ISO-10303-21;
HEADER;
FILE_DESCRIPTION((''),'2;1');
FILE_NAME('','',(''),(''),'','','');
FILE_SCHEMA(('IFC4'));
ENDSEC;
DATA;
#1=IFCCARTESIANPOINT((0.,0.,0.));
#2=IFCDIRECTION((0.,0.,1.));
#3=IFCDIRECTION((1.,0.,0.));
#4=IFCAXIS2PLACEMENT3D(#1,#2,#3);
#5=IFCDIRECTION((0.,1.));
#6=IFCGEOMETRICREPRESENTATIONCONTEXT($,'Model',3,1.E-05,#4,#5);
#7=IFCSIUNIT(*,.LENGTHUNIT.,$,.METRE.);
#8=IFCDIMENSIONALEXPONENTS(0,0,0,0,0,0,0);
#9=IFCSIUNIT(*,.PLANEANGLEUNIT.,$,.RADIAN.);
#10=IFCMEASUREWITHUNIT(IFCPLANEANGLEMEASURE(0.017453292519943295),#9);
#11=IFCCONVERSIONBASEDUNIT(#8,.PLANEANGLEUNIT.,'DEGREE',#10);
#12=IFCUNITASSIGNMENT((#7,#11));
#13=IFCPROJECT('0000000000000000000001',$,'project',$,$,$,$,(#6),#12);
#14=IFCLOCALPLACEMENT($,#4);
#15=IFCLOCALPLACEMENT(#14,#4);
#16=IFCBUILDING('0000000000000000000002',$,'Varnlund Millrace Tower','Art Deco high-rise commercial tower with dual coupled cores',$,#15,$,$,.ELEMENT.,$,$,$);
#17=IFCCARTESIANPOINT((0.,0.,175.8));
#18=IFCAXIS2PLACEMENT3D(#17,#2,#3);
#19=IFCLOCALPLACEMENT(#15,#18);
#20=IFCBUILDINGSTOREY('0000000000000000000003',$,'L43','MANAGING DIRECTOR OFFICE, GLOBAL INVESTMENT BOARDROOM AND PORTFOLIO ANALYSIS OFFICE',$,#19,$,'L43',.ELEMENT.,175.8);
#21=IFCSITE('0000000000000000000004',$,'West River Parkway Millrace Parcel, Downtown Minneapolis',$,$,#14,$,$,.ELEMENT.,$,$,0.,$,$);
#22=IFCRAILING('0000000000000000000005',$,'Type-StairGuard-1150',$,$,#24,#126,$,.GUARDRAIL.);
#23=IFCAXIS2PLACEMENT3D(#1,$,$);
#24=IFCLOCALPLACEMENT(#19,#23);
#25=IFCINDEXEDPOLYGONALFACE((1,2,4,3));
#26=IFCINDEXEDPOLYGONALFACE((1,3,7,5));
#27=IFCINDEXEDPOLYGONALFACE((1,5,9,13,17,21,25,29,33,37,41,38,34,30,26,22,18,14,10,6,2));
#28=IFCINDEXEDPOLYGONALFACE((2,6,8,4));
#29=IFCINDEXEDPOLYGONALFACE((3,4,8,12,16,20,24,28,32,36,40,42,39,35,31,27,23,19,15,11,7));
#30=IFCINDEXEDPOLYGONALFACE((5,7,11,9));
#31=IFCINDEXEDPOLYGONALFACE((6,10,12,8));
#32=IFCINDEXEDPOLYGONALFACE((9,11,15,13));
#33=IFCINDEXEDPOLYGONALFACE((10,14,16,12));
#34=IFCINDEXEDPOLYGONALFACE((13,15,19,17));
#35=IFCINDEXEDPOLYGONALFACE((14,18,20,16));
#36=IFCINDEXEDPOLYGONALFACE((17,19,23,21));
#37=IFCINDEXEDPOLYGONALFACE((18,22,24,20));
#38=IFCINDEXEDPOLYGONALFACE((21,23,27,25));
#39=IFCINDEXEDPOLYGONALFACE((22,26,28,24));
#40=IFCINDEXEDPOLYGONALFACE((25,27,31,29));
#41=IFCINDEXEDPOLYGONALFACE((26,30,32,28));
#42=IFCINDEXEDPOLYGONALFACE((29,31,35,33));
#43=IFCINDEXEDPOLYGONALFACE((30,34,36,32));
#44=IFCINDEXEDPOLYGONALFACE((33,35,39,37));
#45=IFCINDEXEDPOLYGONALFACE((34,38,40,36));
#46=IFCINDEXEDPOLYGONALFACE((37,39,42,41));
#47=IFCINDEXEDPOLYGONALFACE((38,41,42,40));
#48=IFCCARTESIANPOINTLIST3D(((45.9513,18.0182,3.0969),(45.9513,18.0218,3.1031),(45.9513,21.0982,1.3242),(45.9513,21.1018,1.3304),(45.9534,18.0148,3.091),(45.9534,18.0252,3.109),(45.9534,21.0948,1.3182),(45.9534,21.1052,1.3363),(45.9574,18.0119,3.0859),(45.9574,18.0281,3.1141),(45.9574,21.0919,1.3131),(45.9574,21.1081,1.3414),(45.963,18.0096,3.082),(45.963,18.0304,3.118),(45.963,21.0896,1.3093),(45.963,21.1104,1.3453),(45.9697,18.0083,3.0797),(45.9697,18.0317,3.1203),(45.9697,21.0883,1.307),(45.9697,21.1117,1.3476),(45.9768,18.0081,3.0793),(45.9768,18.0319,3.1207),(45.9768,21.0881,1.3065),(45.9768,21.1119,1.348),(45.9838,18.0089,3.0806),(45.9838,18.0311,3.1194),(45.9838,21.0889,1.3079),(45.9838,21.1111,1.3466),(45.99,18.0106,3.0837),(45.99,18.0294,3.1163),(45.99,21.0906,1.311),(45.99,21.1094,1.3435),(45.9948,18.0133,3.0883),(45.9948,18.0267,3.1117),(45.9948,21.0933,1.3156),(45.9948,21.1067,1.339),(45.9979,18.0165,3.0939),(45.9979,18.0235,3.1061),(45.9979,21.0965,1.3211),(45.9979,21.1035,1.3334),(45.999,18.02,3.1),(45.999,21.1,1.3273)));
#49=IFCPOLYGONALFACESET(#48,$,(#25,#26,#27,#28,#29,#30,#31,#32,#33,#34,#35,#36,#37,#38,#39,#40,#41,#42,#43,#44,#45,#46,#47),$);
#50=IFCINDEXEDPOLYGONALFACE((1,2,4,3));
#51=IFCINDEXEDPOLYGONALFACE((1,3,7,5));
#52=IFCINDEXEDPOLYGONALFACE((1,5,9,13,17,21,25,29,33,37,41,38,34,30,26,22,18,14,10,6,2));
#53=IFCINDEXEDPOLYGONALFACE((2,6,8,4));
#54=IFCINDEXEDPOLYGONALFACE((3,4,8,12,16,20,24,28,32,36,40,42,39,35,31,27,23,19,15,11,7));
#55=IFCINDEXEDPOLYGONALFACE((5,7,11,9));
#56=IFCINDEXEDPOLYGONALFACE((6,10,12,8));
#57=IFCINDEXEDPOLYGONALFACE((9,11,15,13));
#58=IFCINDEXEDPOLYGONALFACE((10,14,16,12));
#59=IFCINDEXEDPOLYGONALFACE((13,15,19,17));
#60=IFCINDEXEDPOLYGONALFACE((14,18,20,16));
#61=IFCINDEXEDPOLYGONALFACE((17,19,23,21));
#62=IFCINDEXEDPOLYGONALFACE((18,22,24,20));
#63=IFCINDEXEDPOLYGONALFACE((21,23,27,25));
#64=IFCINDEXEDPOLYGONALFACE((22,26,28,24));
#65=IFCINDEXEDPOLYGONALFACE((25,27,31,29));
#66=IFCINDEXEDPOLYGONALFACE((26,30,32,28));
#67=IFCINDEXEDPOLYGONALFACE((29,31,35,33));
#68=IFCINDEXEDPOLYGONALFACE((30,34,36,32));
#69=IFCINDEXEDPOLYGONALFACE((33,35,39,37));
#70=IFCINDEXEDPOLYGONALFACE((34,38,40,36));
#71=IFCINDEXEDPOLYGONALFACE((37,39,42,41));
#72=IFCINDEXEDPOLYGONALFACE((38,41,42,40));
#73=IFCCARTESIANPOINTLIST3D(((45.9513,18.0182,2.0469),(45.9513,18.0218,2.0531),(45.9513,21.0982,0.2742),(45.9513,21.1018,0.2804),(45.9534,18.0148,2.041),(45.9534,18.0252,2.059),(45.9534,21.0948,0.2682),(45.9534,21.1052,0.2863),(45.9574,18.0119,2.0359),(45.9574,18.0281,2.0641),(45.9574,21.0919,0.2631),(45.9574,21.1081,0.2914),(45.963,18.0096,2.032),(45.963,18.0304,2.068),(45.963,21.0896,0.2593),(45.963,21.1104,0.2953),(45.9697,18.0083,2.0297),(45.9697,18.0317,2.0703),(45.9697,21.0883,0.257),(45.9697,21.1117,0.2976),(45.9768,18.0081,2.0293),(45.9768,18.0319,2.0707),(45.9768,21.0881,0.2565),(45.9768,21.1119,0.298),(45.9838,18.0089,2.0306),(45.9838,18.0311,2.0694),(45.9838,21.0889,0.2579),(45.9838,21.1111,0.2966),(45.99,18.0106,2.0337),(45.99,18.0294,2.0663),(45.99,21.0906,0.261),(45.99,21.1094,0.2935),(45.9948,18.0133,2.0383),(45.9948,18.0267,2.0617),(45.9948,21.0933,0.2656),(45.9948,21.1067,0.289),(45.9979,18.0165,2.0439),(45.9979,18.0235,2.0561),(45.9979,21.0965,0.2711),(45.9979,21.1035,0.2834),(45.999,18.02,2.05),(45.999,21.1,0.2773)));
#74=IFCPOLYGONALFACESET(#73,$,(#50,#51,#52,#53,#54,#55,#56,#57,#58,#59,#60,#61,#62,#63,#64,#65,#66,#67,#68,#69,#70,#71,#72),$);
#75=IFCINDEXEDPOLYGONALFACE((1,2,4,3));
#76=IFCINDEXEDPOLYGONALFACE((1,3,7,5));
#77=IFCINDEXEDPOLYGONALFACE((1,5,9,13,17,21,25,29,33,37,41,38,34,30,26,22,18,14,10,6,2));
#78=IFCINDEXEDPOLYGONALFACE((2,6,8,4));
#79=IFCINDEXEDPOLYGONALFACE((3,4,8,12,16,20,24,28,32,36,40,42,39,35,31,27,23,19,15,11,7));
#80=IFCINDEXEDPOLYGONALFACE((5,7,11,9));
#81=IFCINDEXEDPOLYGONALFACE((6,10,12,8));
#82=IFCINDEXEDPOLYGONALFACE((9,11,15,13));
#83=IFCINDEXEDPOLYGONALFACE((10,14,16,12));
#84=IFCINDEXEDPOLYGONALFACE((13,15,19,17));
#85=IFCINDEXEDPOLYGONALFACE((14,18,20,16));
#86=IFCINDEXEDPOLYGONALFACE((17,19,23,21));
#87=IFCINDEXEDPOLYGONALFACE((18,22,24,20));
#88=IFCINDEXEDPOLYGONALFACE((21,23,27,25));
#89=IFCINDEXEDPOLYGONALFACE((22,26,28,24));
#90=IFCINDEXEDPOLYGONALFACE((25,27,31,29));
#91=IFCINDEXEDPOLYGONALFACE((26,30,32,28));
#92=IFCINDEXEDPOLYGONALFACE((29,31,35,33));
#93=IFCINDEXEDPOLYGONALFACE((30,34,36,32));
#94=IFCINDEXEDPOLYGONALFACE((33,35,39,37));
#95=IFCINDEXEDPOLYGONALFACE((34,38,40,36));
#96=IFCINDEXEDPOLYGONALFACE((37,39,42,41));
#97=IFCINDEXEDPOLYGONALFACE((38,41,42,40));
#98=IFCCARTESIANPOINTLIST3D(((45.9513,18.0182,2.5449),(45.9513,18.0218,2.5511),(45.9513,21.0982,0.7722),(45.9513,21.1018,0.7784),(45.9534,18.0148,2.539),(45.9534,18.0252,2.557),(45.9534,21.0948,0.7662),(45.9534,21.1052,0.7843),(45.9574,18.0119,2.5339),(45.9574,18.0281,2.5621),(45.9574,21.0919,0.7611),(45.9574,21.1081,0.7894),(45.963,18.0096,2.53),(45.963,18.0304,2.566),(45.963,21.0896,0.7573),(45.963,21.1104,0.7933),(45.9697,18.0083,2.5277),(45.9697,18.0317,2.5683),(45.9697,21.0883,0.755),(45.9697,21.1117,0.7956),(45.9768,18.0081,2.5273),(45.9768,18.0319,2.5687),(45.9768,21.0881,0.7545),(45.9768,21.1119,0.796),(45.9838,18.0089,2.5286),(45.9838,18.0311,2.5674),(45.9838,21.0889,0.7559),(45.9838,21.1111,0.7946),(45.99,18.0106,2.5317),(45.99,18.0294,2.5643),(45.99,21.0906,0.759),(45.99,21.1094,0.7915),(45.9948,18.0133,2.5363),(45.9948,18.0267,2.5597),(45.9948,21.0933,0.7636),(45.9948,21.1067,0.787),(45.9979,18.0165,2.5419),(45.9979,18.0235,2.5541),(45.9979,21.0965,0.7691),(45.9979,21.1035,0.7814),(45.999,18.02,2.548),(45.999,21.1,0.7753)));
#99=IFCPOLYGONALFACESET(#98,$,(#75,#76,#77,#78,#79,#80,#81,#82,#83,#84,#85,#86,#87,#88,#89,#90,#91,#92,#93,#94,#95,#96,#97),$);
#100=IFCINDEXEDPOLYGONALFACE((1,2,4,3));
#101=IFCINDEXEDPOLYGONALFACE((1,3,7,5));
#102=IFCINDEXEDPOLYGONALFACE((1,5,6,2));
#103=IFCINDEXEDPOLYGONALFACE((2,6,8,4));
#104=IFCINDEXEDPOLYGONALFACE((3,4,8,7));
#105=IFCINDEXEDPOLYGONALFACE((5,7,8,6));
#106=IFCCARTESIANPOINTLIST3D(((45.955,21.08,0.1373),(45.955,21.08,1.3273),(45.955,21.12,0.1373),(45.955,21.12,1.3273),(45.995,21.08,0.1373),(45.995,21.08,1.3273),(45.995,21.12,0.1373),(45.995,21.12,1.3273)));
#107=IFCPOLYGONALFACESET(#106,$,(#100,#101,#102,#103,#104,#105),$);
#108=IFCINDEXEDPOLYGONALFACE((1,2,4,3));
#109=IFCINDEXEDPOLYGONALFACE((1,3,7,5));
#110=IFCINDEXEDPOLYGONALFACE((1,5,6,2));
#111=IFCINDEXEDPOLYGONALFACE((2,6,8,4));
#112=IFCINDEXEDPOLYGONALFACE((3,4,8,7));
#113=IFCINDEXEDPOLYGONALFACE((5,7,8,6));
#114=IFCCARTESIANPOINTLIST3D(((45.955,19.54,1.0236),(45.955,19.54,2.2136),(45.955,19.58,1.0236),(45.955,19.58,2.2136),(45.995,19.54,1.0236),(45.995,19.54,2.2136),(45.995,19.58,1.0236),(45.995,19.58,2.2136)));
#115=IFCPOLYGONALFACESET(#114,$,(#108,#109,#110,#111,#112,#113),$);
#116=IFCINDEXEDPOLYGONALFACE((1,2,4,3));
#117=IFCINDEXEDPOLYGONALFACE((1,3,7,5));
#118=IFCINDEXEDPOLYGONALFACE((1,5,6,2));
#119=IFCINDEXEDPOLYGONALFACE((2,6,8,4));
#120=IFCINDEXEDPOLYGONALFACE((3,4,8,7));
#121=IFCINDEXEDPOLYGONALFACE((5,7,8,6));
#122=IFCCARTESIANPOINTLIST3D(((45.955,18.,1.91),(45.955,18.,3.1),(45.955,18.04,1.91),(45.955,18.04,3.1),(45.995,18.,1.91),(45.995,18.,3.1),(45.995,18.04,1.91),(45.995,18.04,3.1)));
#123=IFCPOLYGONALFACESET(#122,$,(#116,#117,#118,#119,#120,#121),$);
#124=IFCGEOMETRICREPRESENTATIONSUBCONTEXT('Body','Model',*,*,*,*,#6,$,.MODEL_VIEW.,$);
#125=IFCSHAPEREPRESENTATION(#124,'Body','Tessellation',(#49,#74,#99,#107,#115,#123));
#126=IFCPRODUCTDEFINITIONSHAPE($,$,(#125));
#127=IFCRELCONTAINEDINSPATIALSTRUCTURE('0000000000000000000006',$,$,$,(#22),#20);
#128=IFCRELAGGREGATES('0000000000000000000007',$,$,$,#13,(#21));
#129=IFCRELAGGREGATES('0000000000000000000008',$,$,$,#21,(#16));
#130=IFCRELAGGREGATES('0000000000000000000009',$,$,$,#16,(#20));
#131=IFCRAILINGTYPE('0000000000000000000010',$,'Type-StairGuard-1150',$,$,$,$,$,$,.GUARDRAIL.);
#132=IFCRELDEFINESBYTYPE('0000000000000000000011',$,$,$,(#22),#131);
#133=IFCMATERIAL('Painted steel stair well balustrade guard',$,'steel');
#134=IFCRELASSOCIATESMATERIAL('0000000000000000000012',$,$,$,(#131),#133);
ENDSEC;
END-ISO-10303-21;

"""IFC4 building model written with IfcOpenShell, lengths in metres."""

from ifc_helpers import new_model, entity, si_unit, converted_unit, direction, frame, origin_with_axes, origin_2d_with_axis, place, context, subcontext, project, spatial, rectangle, circle, extrude, material, type_object, element, save


model = new_model("IFC4")

# Units and contexts
model_context = context("Model", 3, precision=1e-05, world=origin_with_axes(), true_north=direction((0.0, 1.0)))
body_context = subcontext(model_context, "Body", "Model", "MODEL_VIEW")
ifc_project = project(units=[si_unit("LENGTHUNIT", "METRE"), converted_unit("PLANEANGLEUNIT", "DEGREE", entity("IfcPlaneAngleMeasure", 0.017453292519943295), si_unit("PLANEANGLEUNIT", "RADIAN"), dimensions=[0, 0, 0, 0, 0, 0, 0])], contexts=[model_context])

# Site, building, storey
site_placement = place(None, origin_with_axes())
site = spatial("IfcSite", under=ifc_project, at=site_placement, Name="West River Parkway Millrace Parcel, Downtown Minneapolis", CompositionType="ELEMENT", RefElevation=0.0)
building_placement = place(site_placement, origin_with_axes())
building = spatial("IfcBuilding", under=site, at=building_placement, Name="Varnlund Millrace Tower", Description="Art Deco high-rise commercial tower with dual coupled cores", CompositionType="ELEMENT")
storey_placement = place(building_placement, frame((0.0, 0.0, 175.8), z_axis=(0.0, 0.0, 1.0), x_axis=(1.0, 0.0, 0.0)))
storey = spatial("IfcBuildingStorey", under=building, at=storey_placement, Name="L43", Description="MANAGING DIRECTOR OFFICE, GLOBAL INVESTMENT BOARDROOM AND PORTFOLIO ANALYSIS OFFICE", LongName="L43", CompositionType="ELEMENT", Elevation=175.8)

# Railing
ifc_material_1 = material(Name="Painted steel stair well balustrade guard", Category="steel")
railing_type_1 = type_object("IfcRailingType", Name="Type-StairGuard-1150", PredefinedType="GUARDRAIL", material=ifc_material_1)
railing_1_placement = place(storey_placement, frame((0.0, 0.0, -175.8), z_axis=(0.0, 0.0, 1.0), x_axis=(1.0, 0.0, 0.0)))
element("IfcRailing", 1, at=railing_1_placement, inside=storey, type_object=railing_type_1, Name="Type-StairGuard-1150", PredefinedType="GUARDRAIL", context=body_context, shape_type="SweptSolid", body=[
    extrude(circle(Radius=0.024, at=origin_2d_with_axis()), frame((45.975, 21.1, 177.1273), z_axis=(0.0, -0.866696, 0.498836), x_axis=(1.0, 0.0, 0.0)), (0.0, 0.0, 1.0), 3.5537),
    extrude(circle(Radius=0.024, at=origin_2d_with_axis()), frame((45.975, 21.1, 176.0773), z_axis=(0.0, -0.866696, 0.498836), x_axis=(1.0, 0.0, 0.0)), (0.0, 0.0, 1.0), 3.5537),
    extrude(circle(Radius=0.024, at=origin_2d_with_axis()), frame((45.975, 21.1, 176.5753), z_axis=(0.0, -0.866696, 0.498836), x_axis=(1.0, 0.0, 0.0)), (0.0, 0.0, 1.0), 3.5537),
    extrude(rectangle(XDim=0.04, YDim=0.04, at=origin_2d_with_axis()), frame((45.975, 21.1, 175.9373), z_axis=(0.0, 0.0, 1.0), x_axis=(1.0, 0.0, 0.0)), (0.0, 0.0, 1.0), 1.19),
    extrude(rectangle(XDim=0.04, YDim=0.04, at=origin_2d_with_axis()), frame((45.975, 19.56, 176.8236), z_axis=(0.0, 0.0, 1.0), x_axis=(1.0, 0.0, 0.0)), (0.0, 0.0, 1.0), 1.19),
    extrude(rectangle(XDim=0.04, YDim=0.04, at=origin_2d_with_axis()), frame((45.975, 18.02, 177.71), z_axis=(0.0, 0.0, 1.0), x_axis=(1.0, 0.0, 0.0)), (0.0, 0.0, 1.0), 1.19),
])

save(model, "model.ifc")
